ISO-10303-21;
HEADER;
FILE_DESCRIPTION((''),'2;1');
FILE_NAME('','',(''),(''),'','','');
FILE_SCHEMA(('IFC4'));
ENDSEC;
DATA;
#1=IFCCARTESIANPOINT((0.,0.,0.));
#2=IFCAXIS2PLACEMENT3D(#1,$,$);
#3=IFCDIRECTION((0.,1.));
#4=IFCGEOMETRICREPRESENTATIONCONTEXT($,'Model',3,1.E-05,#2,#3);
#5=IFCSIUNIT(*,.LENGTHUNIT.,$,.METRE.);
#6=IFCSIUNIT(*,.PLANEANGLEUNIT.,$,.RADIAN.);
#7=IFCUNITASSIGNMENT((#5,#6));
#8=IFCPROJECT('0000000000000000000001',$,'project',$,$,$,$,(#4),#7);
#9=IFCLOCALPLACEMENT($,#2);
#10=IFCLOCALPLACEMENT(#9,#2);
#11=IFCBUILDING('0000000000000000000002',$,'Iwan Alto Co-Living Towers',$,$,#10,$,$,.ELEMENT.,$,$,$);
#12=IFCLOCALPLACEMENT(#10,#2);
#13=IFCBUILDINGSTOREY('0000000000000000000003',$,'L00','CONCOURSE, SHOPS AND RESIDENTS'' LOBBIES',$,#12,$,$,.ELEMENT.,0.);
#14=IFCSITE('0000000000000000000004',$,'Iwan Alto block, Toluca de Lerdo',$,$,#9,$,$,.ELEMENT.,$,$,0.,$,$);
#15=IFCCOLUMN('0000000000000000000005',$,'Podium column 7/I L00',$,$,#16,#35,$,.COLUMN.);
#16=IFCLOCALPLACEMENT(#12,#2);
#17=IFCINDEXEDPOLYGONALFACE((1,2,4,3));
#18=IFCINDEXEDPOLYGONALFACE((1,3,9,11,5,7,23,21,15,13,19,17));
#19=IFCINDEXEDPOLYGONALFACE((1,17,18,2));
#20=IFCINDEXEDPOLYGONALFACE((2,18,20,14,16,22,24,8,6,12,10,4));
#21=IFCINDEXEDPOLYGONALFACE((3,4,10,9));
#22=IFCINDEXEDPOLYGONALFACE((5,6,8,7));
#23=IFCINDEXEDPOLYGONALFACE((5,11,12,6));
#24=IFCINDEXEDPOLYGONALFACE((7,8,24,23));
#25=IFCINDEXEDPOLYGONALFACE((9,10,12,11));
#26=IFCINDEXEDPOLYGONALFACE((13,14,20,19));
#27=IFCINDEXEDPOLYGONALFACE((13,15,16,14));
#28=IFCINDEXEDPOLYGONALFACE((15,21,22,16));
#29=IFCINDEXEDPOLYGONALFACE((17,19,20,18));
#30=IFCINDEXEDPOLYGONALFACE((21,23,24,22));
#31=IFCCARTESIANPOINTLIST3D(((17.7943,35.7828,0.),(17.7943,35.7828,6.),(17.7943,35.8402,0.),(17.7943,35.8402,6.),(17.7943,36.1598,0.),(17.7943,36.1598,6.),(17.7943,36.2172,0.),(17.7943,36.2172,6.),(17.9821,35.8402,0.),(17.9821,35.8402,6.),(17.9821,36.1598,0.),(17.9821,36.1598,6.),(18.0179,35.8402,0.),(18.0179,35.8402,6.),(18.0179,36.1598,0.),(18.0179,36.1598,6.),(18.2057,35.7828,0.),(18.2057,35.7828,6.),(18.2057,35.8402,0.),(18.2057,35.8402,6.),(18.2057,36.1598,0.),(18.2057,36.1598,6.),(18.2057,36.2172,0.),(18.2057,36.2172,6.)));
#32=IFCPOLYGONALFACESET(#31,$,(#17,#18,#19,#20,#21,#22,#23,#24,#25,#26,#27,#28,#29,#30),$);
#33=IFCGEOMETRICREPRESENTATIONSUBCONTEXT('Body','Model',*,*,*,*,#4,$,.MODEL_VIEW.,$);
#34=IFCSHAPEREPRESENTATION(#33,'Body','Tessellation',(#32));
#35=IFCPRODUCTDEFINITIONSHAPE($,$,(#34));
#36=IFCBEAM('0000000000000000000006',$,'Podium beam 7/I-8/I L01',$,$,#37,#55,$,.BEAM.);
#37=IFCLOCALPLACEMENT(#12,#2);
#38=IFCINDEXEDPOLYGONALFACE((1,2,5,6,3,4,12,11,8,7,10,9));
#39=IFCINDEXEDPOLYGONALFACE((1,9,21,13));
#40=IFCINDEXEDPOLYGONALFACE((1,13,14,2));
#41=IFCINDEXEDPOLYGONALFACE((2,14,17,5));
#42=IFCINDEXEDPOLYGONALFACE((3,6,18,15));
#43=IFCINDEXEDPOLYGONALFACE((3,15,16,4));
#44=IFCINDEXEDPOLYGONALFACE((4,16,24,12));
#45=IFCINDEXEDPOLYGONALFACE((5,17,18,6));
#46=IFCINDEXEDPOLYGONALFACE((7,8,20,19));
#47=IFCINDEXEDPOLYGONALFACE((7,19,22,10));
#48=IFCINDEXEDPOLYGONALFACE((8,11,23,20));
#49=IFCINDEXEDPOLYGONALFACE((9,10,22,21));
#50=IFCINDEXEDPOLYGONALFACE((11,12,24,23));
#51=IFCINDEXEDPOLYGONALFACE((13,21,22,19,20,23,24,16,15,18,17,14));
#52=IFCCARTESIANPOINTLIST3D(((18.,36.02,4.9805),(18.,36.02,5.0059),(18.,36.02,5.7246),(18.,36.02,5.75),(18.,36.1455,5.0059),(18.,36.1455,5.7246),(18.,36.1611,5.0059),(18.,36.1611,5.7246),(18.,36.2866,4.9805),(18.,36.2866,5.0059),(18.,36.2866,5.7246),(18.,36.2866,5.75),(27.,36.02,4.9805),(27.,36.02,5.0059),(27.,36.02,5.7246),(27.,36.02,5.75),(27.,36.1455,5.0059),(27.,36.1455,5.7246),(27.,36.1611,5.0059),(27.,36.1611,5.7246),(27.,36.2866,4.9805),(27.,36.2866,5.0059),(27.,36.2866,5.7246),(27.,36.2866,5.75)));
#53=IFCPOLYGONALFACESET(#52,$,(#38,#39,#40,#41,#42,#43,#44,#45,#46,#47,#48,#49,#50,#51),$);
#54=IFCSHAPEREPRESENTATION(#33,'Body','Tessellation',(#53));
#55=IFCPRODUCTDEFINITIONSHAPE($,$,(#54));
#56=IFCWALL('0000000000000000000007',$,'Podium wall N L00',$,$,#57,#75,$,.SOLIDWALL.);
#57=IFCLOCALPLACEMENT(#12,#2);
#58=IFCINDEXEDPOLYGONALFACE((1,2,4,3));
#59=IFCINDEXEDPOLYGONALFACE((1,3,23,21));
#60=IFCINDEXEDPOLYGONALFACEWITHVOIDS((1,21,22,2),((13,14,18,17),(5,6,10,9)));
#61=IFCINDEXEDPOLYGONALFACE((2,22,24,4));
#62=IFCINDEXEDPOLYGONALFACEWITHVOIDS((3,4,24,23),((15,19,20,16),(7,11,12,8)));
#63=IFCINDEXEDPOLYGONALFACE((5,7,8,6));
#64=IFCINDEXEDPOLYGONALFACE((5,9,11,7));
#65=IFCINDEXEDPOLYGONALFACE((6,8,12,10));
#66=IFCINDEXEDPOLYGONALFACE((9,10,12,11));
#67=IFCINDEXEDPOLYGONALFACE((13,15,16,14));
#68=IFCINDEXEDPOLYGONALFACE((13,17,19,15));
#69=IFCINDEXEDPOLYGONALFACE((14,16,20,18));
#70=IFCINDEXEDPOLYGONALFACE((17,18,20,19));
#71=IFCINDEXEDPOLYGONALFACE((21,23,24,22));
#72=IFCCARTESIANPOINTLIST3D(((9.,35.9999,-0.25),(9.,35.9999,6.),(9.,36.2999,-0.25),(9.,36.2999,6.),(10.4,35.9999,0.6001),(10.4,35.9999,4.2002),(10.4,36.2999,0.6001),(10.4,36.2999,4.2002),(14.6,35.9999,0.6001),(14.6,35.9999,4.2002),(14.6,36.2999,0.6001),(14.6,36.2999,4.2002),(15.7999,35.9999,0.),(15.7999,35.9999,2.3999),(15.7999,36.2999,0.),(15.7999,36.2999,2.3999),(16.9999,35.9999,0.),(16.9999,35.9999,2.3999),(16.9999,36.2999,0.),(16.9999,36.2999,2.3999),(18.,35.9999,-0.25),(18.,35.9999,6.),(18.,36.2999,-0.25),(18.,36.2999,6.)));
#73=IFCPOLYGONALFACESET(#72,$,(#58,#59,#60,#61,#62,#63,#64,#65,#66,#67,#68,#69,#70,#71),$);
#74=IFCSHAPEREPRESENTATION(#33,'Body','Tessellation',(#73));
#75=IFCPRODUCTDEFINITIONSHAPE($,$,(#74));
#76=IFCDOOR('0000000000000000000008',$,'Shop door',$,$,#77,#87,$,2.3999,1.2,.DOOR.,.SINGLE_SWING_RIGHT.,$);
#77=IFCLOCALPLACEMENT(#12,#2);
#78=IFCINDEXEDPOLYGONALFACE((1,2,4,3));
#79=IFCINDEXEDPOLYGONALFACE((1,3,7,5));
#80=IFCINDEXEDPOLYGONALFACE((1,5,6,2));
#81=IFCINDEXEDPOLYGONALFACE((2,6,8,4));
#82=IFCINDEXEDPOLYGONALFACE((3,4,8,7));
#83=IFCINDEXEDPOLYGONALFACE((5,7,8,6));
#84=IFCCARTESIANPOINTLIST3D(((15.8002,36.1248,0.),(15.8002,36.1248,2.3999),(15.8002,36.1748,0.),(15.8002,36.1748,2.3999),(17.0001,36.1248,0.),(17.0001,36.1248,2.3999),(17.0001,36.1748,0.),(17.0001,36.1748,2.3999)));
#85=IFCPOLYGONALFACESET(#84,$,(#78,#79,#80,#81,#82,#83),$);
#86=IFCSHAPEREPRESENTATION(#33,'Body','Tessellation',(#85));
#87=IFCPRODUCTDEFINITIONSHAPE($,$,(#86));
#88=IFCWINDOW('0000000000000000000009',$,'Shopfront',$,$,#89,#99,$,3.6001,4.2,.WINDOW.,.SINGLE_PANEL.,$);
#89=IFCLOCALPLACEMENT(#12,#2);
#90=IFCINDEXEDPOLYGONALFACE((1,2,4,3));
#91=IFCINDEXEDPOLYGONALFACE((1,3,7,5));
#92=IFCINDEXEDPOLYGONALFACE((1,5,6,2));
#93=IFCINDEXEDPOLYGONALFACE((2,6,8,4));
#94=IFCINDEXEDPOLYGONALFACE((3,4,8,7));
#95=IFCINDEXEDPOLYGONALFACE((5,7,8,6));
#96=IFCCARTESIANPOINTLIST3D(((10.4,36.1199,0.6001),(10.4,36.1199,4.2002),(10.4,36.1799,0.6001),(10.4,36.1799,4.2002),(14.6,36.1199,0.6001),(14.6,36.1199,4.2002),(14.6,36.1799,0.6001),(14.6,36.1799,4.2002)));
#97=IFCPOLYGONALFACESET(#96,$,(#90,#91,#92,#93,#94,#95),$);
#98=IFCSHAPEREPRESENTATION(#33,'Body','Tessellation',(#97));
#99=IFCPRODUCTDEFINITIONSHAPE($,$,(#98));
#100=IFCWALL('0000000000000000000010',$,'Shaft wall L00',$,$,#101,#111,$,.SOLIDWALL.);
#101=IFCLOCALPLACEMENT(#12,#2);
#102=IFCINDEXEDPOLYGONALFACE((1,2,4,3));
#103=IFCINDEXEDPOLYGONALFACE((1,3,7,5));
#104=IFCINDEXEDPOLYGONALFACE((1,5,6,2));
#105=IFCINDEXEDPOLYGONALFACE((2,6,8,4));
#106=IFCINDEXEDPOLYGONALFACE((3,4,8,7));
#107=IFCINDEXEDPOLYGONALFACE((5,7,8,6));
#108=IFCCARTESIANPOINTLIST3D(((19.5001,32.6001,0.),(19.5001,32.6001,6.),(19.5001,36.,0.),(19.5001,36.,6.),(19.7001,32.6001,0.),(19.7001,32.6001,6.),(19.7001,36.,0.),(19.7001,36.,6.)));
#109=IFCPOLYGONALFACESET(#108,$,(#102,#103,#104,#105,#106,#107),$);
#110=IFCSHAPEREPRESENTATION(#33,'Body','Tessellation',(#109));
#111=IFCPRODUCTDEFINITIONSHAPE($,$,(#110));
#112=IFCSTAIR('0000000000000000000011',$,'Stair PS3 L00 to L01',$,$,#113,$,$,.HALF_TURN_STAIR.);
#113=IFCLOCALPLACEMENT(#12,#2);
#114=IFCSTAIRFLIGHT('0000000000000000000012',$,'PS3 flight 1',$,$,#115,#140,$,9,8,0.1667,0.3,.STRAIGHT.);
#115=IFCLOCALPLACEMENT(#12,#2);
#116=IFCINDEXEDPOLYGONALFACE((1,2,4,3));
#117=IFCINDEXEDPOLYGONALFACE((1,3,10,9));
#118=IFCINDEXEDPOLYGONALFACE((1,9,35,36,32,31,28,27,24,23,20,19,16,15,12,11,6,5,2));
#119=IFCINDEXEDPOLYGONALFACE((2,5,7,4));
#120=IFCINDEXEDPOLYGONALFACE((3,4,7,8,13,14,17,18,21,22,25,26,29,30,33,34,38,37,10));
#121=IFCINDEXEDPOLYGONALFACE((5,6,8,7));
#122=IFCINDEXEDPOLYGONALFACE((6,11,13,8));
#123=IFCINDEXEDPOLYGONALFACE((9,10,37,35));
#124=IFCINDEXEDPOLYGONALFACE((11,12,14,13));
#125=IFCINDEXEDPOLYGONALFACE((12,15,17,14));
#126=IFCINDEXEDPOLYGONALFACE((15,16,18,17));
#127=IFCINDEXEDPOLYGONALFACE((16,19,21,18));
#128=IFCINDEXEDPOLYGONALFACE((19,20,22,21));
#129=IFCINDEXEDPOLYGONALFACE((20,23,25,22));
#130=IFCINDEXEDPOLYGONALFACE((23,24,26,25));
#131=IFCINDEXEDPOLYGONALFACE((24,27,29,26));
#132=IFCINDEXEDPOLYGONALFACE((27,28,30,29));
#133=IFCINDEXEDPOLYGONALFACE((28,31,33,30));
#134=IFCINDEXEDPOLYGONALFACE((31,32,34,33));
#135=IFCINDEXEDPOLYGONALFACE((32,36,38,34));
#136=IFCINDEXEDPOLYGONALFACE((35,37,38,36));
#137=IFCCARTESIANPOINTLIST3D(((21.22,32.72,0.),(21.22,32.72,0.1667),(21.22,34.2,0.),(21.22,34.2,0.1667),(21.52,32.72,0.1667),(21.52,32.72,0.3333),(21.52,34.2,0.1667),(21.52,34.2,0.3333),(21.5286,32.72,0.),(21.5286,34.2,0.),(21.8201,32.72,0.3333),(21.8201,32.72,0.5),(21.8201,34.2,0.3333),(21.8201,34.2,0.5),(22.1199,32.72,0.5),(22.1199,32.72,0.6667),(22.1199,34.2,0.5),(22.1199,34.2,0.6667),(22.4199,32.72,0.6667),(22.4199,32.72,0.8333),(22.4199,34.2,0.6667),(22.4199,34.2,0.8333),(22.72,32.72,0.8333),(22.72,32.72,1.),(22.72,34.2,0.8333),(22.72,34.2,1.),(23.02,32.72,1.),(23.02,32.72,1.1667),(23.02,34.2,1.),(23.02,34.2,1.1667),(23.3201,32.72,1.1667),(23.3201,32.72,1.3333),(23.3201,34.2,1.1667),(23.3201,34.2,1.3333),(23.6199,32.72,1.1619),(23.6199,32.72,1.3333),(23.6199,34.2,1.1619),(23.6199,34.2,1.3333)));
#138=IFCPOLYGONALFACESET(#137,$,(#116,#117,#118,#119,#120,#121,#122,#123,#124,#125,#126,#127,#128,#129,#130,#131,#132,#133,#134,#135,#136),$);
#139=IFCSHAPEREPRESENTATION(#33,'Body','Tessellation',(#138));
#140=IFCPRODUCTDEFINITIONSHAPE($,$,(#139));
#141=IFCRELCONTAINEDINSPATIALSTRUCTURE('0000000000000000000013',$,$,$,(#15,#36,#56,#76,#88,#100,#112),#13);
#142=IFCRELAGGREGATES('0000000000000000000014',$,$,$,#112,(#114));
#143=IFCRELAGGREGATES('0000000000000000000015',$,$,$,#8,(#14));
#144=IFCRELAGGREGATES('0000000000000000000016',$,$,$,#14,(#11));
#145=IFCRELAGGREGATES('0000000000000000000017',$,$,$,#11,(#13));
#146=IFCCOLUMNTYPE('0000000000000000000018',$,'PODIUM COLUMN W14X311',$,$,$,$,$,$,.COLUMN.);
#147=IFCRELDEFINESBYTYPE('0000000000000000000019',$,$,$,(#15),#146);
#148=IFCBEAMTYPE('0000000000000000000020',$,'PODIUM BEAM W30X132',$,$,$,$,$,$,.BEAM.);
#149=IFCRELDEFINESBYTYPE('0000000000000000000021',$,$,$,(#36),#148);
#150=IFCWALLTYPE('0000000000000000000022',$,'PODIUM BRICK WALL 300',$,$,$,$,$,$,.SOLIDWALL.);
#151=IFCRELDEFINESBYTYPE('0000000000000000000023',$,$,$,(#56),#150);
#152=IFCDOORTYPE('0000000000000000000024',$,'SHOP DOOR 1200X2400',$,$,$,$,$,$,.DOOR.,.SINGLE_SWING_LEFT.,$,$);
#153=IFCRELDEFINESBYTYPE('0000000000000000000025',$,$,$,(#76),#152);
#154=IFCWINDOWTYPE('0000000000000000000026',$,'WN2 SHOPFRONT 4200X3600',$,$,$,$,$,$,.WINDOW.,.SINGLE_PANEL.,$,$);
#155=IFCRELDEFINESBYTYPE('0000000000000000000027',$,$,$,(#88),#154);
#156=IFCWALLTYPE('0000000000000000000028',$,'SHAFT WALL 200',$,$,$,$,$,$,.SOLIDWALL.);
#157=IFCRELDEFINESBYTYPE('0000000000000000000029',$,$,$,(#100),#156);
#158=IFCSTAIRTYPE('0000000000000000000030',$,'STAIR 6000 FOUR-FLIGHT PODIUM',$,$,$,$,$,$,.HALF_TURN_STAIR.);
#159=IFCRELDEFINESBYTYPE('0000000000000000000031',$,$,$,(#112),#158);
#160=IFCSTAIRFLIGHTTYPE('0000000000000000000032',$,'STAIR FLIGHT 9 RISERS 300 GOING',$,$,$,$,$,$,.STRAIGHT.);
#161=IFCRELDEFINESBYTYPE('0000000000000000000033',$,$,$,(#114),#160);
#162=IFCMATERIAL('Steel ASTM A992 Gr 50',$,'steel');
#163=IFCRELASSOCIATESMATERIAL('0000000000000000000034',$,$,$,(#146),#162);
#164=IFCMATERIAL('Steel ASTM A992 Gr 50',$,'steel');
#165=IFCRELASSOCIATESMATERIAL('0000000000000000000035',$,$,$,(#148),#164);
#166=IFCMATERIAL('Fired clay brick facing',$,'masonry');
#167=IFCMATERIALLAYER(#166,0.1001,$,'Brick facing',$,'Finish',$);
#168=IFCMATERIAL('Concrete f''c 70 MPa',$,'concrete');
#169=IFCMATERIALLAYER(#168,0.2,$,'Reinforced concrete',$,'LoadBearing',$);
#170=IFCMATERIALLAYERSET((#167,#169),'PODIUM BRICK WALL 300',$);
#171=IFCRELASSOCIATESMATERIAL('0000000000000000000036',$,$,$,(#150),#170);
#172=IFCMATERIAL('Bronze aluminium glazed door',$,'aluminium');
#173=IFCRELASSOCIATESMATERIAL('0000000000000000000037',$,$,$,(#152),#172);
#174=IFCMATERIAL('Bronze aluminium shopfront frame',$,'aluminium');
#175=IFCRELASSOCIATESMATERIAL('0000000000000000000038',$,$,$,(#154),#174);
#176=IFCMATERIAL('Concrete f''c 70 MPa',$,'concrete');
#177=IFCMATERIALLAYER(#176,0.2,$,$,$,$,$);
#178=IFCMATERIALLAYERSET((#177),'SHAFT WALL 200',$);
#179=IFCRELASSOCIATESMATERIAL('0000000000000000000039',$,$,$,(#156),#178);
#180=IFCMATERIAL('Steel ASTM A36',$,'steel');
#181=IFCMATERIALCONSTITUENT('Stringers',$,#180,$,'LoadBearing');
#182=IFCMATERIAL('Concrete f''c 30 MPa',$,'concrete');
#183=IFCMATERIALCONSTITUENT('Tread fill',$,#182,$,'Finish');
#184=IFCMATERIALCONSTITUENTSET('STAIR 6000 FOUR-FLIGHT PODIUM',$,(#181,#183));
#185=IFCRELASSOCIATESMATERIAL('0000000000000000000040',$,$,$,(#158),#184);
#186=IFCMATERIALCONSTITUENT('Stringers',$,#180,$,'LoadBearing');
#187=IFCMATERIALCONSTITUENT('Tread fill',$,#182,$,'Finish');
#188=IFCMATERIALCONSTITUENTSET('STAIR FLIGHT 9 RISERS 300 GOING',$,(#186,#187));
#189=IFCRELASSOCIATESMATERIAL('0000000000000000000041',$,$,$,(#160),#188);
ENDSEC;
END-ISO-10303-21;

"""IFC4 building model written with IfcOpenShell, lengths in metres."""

from ifc_helpers import new_model, si_unit, direction, frame, frame_2d, origin, origin_2d, place, context, subcontext, project, spatial, polyline, rectangle, i_section, outline, extrude, material, layer, layer_set, constituent, constituent_set, material_profile, profile_set, type_object, element, fill, aggregate, save


model = new_model("IFC4")

# Units and contexts
model_context = context("Model", 3, precision=1e-05, world=origin(), true_north=direction((0.0, 1.0)))
body_context = subcontext(model_context, "Body", "Model", "MODEL_VIEW")
ifc_project = project(units=[si_unit("LENGTHUNIT", "METRE"), si_unit("PLANEANGLEUNIT", "RADIAN")], contexts=[model_context])

# Site, building, storey
site_placement = place(None, origin())
site = spatial("IfcSite", under=ifc_project, at=site_placement, Name="Iwan Alto block, Toluca de Lerdo", CompositionType="ELEMENT", RefElevation=0.0)
building_placement = place(site_placement, origin())
building = spatial("IfcBuilding", under=site, at=building_placement, Name="Iwan Alto Co-Living Towers", CompositionType="ELEMENT")
storey_placement = place(building_placement, origin())
storey = spatial("IfcBuildingStorey", under=building, at=storey_placement, Name="L00", Description="CONCOURSE, SHOPS AND RESIDENTS' LOBBIES", CompositionType="ELEMENT", Elevation=0.0)

# Column
ifc_material_1 = material(Name="Steel ASTM A992 Gr 50", Category="steel")
ifc_material_profile_1 = material_profile(ifc_material_1, i_section(OverallWidth=0.4114, OverallDepth=0.4343, WebThickness=0.0359, FlangeThickness=0.0574, at=origin_2d()), Name="W14X311")
ifc_profile_set_1 = profile_set([ifc_material_profile_1], Name="Steel ASTM A992 Gr 50")
column_type = type_object("IfcColumnType", Name="PODIUM COLUMN W14X311", PredefinedType="COLUMN", material=ifc_profile_set_1)
column_placement = place(storey_placement, frame((18.0, 36.0, 0.0), z_axis=(0.0, 0.0, 1.0), x_axis=(1.0, 0.0, 0.0)))
element("IfcColumn", 1, at=column_placement, inside=storey, type_object=column_type, Name="Podium column 7/I L00", PredefinedType="COLUMN", context=body_context, shape_type="SweptSolid", body=[
    extrude(i_section(OverallWidth=0.4114, OverallDepth=0.4343, WebThickness=0.0359, FlangeThickness=0.0574, at=origin_2d()), origin(), (0.0, 0.0, 1.0), 6.0),
])

# Beam
ifc_material_2 = material(Name="Steel ASTM A992 Gr 50", Category="steel")
ifc_material_profile_2 = material_profile(ifc_material_2, i_section(OverallWidth=0.2666, OverallDepth=0.7695, WebThickness=0.0156, FlangeThickness=0.0254, at=origin_2d()), Name="W30X132")
ifc_profile_set_2 = profile_set([ifc_material_profile_2], Name="Steel ASTM A992 Gr 50")
beam_type = type_object("IfcBeamType", Name="PODIUM BEAM W30X132", PredefinedType="BEAM", material=ifc_profile_set_2)
beam_placement = place(storey_placement, frame((18.0, 36.1533, 5.3652), z_axis=(1.0, 0.0, 0.0), x_axis=(0.0, 1.0, 0.0)))
element("IfcBeam", 2, at=beam_placement, inside=storey, type_object=beam_type, Name="Podium beam 7/I-8/I L01", PredefinedType="BEAM", context=body_context, shape_type="SweptSolid", body=[
    extrude(i_section(OverallWidth=0.2666, OverallDepth=0.7695, WebThickness=0.0156, FlangeThickness=0.0254, at=origin_2d()), origin(), (0.0, 0.0, 1.0), 9.0),
])

# Wall, openings, door, window
ifc_material_3 = material(Name="Fired clay brick facing", Category="masonry")
ifc_layer_1 = layer(ifc_material_3, 0.1001, Name="Brick facing", Category="Finish")
ifc_material_4 = material(Name="Concrete f'c 70 MPa", Category="concrete")
ifc_layer_2 = layer(ifc_material_4, 0.2, Name="Reinforced concrete", Category="LoadBearing")
ifc_layer_set_1 = layer_set([ifc_layer_1, ifc_layer_2], Name="PODIUM BRICK WALL 300")
wall_type_1 = type_object("IfcWallType", Name="PODIUM BRICK WALL 300", PredefinedType="SOLIDWALL", material=ifc_layer_set_1)
wall_1_placement = place(storey_placement, frame((18.0, 36.1499, -0.25), z_axis=(0.0, 0.0, 1.0), x_axis=(-1.0, 0.0, 0.0)))
wall_1 = element("IfcWall", 3, at=wall_1_placement, inside=storey, type_object=wall_type_1, Name="Podium wall N L00", PredefinedType="SOLIDWALL", context=body_context, shape_type="SweptSolid", body=[
    extrude(rectangle(XDim=9.0, YDim=0.3, at=frame_2d((4.5, 0.0))), origin(), (0.0, 0.0, 1.0), 6.25),
])
opening_1_placement = place(wall_1_placement, frame((1.0, 0.0, 0.25)))
opening_1 = element("IfcOpeningElement", 4, at=opening_1_placement, cuts=wall_1, PredefinedType="OPENING", context=body_context, shape_type="SweptSolid", body=[
    extrude(rectangle(XDim=1.2, YDim=2.3999, at=frame_2d((0.6001, 1.2))), frame((0.0, 0.1599, 0.0), z_axis=(0.0, -1.0, 0.0), x_axis=(1.0, 0.0, 0.0)), (0.0, 0.0, 1.0), 0.3201),
])
opening_2_placement = place(wall_1_placement, frame((3.3999, 0.0, 0.8501)))
opening_2 = element("IfcOpeningElement", 5, at=opening_2_placement, cuts=wall_1, PredefinedType="OPENING", context=body_context, shape_type="SweptSolid", body=[
    extrude(rectangle(XDim=4.2, YDim=3.6001, at=frame_2d((2.1001, 1.8))), frame((0.0, 0.1599, 0.0), z_axis=(0.0, -1.0, 0.0), x_axis=(1.0, 0.0, 0.0)), (0.0, 0.0, 1.0), 0.3201),
])
ifc_material_5 = material(Name="Bronze aluminium glazed door", Category="aluminium")
door_type = type_object("IfcDoorType", Name="SHOP DOOR 1200X2400", OperationType="SINGLE_SWING_LEFT", PredefinedType="DOOR", material=ifc_material_5)
door_placement = place(opening_1_placement, frame((1.2, 0.0, 0.0), z_axis=(0.0, 0.0, 1.0), x_axis=(-1.0, 0.0, 0.0)))
door = element("IfcDoor", 6, at=door_placement, inside=storey, type_object=door_type, Name="Shop door", OperationType="SINGLE_SWING_RIGHT", OverallHeight=2.3999, OverallWidth=1.2, PredefinedType="DOOR", context=body_context, shape_type="SweptSolid", body=[
    extrude(rectangle(XDim=1.2, YDim=2.3999, at=frame_2d((0.6001, 1.2))), frame((0.0, 0.0249, 0.0), z_axis=(0.0, -1.0, 0.0), x_axis=(1.0, 0.0, 0.0)), (0.0, 0.0, 1.0), 0.05),
])
fill(opening_1, door)
ifc_material_6 = material(Name="Bronze aluminium shopfront frame", Category="aluminium")
window_type = type_object("IfcWindowType", Name="WN2 SHOPFRONT 4200X3600", PartitioningType="SINGLE_PANEL", PredefinedType="WINDOW", material=ifc_material_6)
window_placement = place(opening_2_placement, origin())
window = element("IfcWindow", 7, at=window_placement, inside=storey, type_object=window_type, Name="Shopfront", OverallHeight=3.6001, OverallWidth=4.2, PartitioningType="SINGLE_PANEL", PredefinedType="WINDOW", context=body_context, shape_type="SweptSolid", body=[
    extrude(rectangle(XDim=4.2, YDim=3.6001, at=frame_2d((2.1001, 1.8))), frame((0.0, 0.03, 0.0), z_axis=(0.0, -1.0, 0.0), x_axis=(1.0, 0.0, 0.0)), (0.0, 0.0, 1.0), 0.0601),
])
fill(opening_2, window)

# Wall
ifc_material_7 = material(Name="Concrete f'c 70 MPa", Category="concrete")
ifc_layer_3 = layer(ifc_material_7, 0.2)
ifc_layer_set_2 = layer_set([ifc_layer_3], Name="SHAFT WALL 200")
wall_type_2 = type_object("IfcWallType", Name="SHAFT WALL 200", PredefinedType="SOLIDWALL", material=ifc_layer_set_2)
wall_2_placement = place(storey_placement, frame((19.6001, 32.6001, 0.0), z_axis=(0.0, 0.0, 1.0), x_axis=(0.0, 1.0, 0.0)))
element("IfcWall", 8, at=wall_2_placement, inside=storey, type_object=wall_type_2, Name="Shaft wall L00", PredefinedType="SOLIDWALL", context=body_context, shape_type="SweptSolid", body=[
    extrude(rectangle(XDim=3.3999, YDim=0.2, at=frame_2d((1.7, 0.0))), origin(), (0.0, 0.0, 1.0), 6.0),
])

# Stair, stair flight
ifc_material_8 = material(Name="Steel ASTM A36", Category="steel")
ifc_constituent_1 = constituent(ifc_material_8, Name="Stringers", Category="LoadBearing")
ifc_material_9 = material(Name="Concrete f'c 30 MPa", Category="concrete")
ifc_constituent_2 = constituent(ifc_material_9, Name="Tread fill", Category="Finish")
ifc_constituent_set_1 = constituent_set(constituents=[ifc_constituent_1, ifc_constituent_2], Name="STAIR 6000 FOUR-FLIGHT PODIUM")
stair_type = type_object("IfcStairType", Name="STAIR 6000 FOUR-FLIGHT PODIUM", PredefinedType="HALF_TURN_STAIR", material=ifc_constituent_set_1)
stair_placement = place(storey_placement, origin())
stair = element("IfcStair", 9, at=stair_placement, inside=storey, type_object=stair_type, Name="Stair PS3 L00 to L01", PredefinedType="HALF_TURN_STAIR")
ifc_constituent_3 = constituent(ifc_material_8, Name="Stringers", Category="LoadBearing")
ifc_constituent_4 = constituent(ifc_material_9, Name="Tread fill", Category="Finish")
ifc_constituent_set_2 = constituent_set(constituents=[ifc_constituent_3, ifc_constituent_4], Name="STAIR FLIGHT 9 RISERS 300 GOING")
stair_flight_type = type_object("IfcStairFlightType", Name="STAIR FLIGHT 9 RISERS 300 GOING", PredefinedType="STRAIGHT", material=ifc_constituent_set_2)
stair_flight_1_placement = place(storey_placement, frame((21.22, 33.46, 0.0), z_axis=(0.0, 0.0, 1.0), x_axis=(1.0, 0.0, 0.0)))
stair_flight_1 = element("IfcStairFlight", 10, at=stair_flight_1_placement, type_object=stair_flight_type, Name="PS3 flight 1", NumberOfRisers=9, NumberOfTreads=8, PredefinedType="STRAIGHT", RiserHeight=0.1667, TreadLength=0.3, context=body_context, shape_type="SweptSolid", body=[
    extrude(outline(polyline([(0.0, 0.0), (0.0, 0.1667), (0.3, 0.1667), (0.3, 0.3333), (0.6001, 0.3333), (0.6001, 0.5), (0.8999, 0.5), (0.8999, 0.6667), (1.2, 0.6667), (1.2, 0.8333), (1.5, 0.8333), (1.5, 1.0), (1.8, 1.0), (1.8, 1.1667), (2.1001, 1.1667), (2.1001, 1.3333), (2.3999, 1.3333), (2.3999, 1.5), (2.3999, 1.1619), (0.3086, 0.0), (0.0, 0.0)])), frame((0.0, 0.74, 0.0), z_axis=(0.0, -1.0, 0.0), x_axis=(1.0, 0.0, 0.0)), (0.0, 0.0, 1.0), 1.48),
])
aggregate(stair, [stair_flight_1])

save(model, "model.ifc")
